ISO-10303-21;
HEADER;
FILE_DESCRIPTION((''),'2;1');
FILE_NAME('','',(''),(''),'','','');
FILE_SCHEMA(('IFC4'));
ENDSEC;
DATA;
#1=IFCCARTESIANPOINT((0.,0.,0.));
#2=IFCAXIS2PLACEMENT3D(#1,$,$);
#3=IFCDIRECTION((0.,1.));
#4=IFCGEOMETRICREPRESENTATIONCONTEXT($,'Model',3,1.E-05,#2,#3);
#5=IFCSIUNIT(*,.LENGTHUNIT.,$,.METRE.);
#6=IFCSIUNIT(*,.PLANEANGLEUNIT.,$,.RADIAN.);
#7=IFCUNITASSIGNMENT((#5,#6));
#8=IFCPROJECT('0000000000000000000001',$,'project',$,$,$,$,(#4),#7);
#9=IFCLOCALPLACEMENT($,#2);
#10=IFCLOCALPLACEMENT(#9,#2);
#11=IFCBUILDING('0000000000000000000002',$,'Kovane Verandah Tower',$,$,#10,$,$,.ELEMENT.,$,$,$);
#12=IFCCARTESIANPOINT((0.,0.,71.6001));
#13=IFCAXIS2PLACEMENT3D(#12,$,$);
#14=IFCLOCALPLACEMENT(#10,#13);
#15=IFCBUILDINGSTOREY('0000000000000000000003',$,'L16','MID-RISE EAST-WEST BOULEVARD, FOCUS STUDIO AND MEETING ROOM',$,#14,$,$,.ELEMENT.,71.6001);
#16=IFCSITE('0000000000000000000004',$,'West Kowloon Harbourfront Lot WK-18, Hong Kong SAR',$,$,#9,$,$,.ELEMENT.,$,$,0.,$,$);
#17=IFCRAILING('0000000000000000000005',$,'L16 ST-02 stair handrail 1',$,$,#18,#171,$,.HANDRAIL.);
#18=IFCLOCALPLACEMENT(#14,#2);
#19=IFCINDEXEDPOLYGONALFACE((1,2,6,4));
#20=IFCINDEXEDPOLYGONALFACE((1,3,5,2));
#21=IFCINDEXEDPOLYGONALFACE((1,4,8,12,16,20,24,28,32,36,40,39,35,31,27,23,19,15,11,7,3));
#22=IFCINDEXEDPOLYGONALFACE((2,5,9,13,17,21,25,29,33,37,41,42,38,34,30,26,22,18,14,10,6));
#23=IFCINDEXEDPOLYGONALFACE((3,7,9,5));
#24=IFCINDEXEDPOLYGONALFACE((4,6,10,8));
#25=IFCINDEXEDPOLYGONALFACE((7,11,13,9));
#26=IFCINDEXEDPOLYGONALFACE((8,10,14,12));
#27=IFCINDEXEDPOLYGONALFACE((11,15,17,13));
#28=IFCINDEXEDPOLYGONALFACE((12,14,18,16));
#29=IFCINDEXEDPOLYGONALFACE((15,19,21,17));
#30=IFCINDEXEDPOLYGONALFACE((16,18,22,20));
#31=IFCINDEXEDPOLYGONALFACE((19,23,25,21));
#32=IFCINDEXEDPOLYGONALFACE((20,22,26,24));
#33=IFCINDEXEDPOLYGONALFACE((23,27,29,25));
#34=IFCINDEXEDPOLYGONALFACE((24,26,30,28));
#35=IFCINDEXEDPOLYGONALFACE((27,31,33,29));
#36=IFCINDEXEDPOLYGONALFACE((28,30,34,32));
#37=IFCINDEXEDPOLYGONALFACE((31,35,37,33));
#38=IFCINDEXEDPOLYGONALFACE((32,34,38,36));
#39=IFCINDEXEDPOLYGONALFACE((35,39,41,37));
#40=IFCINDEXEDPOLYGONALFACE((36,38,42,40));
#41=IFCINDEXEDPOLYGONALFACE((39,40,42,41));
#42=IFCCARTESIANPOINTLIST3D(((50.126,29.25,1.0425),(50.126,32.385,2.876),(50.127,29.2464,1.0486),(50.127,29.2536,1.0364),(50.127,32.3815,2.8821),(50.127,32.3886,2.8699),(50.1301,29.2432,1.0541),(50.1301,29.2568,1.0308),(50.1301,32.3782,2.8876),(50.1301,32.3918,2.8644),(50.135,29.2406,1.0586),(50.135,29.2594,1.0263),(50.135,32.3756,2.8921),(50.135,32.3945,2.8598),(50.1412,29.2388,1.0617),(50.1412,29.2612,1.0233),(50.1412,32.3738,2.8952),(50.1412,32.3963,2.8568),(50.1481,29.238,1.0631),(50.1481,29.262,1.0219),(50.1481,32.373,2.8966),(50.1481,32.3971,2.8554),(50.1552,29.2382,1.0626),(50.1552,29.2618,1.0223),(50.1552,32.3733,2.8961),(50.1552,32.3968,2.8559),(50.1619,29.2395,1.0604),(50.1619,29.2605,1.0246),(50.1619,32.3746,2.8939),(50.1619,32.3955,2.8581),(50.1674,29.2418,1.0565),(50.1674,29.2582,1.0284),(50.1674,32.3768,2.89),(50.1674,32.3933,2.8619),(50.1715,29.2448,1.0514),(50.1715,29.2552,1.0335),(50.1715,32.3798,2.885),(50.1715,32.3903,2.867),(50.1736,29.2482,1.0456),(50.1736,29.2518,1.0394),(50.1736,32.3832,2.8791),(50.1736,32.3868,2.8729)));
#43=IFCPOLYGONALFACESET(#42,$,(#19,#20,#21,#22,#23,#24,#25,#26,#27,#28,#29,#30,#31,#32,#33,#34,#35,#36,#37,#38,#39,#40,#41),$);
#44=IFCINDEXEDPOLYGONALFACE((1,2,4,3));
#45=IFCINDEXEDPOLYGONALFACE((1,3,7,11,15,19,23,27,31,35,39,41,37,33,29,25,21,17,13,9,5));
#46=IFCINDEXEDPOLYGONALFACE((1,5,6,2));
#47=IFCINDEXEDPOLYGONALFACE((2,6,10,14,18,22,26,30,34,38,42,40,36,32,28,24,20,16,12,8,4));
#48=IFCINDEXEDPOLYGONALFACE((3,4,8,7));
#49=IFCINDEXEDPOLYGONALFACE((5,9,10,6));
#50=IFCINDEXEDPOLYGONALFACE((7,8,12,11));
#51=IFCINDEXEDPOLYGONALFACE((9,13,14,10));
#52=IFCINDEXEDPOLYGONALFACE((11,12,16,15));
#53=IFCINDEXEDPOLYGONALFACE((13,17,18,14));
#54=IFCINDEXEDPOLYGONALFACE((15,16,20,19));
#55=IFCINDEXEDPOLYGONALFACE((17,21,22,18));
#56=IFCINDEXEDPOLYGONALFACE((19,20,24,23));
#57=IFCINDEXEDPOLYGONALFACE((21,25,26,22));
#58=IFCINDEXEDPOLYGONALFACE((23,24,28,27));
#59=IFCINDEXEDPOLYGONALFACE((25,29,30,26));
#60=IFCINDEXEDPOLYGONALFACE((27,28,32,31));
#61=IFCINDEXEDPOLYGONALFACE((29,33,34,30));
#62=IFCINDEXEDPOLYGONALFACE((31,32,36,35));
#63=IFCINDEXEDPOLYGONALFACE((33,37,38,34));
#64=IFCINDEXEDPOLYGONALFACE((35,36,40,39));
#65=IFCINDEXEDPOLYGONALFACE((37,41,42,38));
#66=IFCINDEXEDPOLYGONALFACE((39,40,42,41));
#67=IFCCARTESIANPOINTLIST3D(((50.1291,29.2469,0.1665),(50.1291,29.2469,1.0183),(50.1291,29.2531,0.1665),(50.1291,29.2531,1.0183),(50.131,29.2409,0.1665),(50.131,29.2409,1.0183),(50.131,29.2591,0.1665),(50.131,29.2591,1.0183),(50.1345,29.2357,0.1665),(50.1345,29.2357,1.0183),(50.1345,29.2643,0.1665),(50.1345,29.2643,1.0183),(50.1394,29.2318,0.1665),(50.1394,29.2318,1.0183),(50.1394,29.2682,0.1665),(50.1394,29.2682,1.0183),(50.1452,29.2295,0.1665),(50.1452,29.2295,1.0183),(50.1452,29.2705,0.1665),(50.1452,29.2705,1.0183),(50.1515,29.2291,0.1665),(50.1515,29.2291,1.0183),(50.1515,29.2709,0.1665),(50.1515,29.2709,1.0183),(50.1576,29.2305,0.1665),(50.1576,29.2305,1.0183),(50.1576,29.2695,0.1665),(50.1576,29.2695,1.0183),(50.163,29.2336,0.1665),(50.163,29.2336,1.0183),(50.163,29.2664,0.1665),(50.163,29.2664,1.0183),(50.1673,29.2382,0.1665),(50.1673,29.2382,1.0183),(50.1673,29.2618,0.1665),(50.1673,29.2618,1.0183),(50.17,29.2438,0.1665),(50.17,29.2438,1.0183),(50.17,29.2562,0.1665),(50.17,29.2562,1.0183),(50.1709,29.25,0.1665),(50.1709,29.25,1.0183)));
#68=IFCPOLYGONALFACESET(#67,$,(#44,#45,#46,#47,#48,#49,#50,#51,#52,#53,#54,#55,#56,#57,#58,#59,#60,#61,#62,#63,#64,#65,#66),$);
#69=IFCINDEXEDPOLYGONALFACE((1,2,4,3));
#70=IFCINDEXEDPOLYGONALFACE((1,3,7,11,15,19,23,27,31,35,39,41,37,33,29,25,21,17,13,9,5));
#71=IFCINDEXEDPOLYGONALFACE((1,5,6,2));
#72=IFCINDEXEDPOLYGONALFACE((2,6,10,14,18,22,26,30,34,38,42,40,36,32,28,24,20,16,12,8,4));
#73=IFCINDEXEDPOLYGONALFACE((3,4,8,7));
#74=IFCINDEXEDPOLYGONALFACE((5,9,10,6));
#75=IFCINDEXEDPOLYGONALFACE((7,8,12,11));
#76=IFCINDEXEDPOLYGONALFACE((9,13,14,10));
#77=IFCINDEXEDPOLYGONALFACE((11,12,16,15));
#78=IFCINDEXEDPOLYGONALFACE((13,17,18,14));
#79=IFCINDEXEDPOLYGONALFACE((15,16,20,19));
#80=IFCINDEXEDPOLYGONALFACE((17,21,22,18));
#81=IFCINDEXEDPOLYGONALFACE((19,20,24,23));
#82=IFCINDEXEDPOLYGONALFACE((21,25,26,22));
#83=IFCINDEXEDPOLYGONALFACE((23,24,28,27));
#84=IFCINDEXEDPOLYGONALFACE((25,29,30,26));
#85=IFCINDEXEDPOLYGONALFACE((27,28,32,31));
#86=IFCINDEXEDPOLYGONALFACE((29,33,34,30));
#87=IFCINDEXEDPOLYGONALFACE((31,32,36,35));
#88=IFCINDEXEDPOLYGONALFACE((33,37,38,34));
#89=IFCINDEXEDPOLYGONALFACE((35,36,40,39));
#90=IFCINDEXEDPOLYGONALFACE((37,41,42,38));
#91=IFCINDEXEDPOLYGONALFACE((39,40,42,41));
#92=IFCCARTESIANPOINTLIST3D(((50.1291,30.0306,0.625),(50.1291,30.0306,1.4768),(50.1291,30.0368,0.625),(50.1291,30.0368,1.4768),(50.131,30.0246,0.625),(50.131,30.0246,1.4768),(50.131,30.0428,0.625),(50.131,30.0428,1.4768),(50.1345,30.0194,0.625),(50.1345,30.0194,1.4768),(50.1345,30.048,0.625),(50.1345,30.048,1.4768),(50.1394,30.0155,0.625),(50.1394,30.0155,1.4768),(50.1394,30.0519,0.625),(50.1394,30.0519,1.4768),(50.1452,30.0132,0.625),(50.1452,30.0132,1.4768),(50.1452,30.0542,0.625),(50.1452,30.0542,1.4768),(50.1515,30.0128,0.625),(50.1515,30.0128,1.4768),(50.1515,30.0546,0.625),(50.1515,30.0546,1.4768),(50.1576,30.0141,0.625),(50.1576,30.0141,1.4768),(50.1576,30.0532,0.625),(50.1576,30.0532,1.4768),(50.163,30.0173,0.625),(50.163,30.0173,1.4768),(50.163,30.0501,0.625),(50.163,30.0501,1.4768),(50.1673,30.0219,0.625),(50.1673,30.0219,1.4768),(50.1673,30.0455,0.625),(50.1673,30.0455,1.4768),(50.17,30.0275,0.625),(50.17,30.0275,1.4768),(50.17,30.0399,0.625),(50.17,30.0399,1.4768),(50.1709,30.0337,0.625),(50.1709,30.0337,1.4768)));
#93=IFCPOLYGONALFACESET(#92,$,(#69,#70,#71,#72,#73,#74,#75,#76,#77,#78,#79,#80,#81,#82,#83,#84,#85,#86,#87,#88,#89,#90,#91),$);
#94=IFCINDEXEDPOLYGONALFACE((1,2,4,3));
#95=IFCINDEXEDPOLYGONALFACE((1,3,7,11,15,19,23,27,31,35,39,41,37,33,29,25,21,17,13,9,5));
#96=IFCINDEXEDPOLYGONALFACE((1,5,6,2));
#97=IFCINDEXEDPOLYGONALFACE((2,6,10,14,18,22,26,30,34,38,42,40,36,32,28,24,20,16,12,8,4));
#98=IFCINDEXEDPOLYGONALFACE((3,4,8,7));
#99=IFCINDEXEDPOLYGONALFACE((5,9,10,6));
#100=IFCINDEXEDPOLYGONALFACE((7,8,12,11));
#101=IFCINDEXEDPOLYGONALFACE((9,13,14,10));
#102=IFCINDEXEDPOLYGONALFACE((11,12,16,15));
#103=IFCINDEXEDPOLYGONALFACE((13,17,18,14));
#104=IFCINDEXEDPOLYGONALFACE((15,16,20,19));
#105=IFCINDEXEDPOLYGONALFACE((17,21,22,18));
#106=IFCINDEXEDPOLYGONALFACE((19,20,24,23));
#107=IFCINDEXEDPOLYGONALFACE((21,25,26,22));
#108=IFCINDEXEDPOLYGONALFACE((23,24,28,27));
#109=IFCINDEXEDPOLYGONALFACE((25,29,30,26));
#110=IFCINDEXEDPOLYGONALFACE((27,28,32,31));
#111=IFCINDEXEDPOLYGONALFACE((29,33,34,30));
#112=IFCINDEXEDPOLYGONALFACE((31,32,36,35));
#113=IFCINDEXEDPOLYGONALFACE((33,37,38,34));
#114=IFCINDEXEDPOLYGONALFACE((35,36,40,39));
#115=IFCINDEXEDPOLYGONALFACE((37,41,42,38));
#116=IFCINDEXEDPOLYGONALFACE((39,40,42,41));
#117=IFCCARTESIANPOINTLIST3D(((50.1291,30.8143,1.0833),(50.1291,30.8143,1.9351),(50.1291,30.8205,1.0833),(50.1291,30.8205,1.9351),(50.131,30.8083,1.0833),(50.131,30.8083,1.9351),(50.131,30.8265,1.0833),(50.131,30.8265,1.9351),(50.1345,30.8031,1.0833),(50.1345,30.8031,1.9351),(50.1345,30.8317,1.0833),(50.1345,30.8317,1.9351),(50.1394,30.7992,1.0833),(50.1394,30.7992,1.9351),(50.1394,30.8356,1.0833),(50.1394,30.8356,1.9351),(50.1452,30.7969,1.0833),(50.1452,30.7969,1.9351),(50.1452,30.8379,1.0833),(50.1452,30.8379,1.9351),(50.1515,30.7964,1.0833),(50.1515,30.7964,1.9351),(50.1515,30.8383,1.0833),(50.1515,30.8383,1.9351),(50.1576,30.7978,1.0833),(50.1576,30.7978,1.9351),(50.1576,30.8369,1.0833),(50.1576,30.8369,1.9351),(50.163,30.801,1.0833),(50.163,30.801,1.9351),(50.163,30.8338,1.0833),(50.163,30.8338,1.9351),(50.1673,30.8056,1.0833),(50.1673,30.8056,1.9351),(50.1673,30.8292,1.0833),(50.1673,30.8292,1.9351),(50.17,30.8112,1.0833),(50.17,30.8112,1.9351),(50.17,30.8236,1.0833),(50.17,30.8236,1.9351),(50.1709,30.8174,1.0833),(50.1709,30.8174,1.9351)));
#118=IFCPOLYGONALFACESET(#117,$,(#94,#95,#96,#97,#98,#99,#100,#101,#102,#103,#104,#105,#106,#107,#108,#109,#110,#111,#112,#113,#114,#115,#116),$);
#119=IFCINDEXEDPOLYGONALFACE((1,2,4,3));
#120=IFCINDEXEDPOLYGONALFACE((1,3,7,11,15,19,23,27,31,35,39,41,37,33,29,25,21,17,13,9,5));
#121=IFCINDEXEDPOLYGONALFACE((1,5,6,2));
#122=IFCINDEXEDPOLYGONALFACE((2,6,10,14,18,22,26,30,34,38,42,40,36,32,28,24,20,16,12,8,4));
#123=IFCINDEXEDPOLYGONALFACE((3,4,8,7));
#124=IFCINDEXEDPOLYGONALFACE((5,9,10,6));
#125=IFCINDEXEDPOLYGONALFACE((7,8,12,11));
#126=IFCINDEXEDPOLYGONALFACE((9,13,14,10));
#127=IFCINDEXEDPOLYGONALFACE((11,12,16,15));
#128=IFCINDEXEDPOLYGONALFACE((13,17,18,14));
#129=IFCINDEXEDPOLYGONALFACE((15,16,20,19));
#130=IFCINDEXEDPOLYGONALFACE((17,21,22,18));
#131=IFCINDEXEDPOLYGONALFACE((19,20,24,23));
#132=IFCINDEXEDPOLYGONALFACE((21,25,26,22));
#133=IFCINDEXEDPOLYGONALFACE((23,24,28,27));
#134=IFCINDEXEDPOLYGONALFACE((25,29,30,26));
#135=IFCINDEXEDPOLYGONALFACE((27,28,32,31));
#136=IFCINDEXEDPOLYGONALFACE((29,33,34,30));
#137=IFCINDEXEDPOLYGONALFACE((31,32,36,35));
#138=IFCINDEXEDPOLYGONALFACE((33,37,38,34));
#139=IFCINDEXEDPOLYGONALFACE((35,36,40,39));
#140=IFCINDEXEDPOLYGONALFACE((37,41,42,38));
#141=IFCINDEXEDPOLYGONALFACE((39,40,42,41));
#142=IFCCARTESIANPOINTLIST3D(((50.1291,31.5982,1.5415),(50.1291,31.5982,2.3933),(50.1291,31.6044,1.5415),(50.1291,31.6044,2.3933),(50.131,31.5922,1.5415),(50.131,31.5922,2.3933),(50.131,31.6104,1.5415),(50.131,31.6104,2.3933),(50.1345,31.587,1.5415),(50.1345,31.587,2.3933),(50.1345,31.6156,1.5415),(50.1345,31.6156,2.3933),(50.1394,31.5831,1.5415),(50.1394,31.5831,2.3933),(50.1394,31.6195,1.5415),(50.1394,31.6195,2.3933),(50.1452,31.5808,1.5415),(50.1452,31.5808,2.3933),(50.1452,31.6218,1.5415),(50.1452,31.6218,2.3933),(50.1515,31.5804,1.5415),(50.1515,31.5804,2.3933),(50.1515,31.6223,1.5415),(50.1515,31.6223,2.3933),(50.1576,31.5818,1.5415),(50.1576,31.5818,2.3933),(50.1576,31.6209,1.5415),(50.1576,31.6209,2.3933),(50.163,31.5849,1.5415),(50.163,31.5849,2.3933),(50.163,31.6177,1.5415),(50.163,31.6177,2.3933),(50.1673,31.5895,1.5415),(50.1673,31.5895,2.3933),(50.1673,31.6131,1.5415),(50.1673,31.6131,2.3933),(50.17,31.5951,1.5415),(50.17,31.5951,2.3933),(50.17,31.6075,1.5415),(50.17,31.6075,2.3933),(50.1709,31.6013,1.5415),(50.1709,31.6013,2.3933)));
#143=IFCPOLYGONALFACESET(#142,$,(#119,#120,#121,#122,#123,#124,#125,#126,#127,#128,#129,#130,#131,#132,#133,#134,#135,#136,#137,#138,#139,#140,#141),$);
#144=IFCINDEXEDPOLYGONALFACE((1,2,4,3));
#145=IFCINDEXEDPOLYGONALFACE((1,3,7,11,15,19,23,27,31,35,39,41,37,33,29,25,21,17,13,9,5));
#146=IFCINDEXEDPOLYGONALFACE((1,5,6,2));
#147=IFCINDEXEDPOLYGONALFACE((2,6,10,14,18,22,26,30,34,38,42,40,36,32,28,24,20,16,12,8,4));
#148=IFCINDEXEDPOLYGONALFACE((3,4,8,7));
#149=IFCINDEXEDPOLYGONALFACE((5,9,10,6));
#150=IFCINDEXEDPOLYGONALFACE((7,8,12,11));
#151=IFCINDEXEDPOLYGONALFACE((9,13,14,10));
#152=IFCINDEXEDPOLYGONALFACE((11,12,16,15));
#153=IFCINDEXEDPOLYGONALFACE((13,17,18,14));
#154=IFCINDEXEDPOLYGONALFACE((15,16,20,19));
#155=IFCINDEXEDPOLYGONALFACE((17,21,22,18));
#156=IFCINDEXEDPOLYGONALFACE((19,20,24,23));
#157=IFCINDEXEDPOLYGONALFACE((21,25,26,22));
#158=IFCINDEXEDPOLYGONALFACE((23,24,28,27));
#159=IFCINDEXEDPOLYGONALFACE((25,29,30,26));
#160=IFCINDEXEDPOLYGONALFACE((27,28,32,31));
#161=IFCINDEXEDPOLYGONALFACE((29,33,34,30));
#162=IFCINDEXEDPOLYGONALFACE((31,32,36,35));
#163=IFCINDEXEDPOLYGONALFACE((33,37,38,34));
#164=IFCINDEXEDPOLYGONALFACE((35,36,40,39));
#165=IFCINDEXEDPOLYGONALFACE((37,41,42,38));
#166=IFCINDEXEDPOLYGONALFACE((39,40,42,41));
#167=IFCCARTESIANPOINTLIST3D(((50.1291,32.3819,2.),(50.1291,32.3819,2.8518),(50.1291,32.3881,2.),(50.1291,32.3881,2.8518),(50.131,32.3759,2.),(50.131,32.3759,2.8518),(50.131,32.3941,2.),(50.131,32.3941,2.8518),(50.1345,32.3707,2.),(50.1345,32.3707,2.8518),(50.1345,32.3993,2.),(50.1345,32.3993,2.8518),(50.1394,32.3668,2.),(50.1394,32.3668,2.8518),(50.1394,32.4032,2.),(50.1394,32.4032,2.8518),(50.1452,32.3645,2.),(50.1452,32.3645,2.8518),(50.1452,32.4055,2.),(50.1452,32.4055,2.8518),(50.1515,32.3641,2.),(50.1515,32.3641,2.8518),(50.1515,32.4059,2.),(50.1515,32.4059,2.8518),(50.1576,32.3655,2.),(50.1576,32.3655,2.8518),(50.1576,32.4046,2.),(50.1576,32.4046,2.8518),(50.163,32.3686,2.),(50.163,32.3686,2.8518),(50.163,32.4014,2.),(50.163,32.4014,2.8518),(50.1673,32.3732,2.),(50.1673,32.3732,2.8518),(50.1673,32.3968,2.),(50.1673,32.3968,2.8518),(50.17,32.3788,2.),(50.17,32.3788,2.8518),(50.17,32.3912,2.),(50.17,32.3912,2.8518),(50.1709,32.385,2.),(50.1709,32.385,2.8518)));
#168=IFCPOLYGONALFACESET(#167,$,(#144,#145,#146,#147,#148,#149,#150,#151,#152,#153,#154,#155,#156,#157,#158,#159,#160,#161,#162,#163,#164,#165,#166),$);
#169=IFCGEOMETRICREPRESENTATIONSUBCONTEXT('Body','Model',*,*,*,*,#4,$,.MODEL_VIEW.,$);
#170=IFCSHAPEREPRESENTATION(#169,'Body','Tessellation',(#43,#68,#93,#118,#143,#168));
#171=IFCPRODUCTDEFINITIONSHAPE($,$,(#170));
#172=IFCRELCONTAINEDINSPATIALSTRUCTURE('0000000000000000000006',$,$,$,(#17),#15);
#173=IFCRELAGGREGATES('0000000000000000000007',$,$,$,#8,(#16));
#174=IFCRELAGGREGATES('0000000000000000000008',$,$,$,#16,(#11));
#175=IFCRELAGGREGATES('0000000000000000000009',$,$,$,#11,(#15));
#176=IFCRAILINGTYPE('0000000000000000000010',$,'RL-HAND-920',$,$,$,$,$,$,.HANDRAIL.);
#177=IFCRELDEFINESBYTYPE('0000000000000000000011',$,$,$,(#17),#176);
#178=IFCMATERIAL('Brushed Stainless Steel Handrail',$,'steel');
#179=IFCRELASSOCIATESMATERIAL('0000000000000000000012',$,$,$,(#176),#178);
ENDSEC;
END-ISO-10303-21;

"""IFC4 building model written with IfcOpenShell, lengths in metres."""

from ifc_helpers import new_model, si_unit, direction, frame, origin, origin_2d, place, context, subcontext, project, spatial, circle, extrude, material, type_object, element, save


model = new_model("IFC4")

# Units and contexts
model_context = context("Model", 3, precision=1e-05, world=origin(), true_north=direction((0.0, 1.0)))
body_context = subcontext(model_context, "Body", "Model", "MODEL_VIEW")
ifc_project = project(units=[si_unit("LENGTHUNIT", "METRE"), si_unit("PLANEANGLEUNIT", "RADIAN")], contexts=[model_context])

# Site, building, storey
site_placement = place(None, origin())
site = spatial("IfcSite", under=ifc_project, at=site_placement, Name="West Kowloon Harbourfront Lot WK-18, Hong Kong SAR", CompositionType="ELEMENT", RefElevation=0.0)
building_placement = place(site_placement, origin())
building = spatial("IfcBuilding", under=site, at=building_placement, Name="Kovane Verandah Tower", CompositionType="ELEMENT")
storey_placement = place(building_placement, frame((0.0, 0.0, 71.6001)))
storey = spatial("IfcBuildingStorey", under=building, at=storey_placement, Name="L16", Description="MID-RISE EAST-WEST BOULEVARD, FOCUS STUDIO AND MEETING ROOM", CompositionType="ELEMENT", Elevation=71.6001)

# Railing
ifc_material_1 = material(Name="Brushed Stainless Steel Handrail", Category="steel")
railing_type = type_object("IfcRailingType", Name="RL-HAND-920", PredefinedType="HANDRAIL", material=ifc_material_1)
railing_placement = place(storey_placement, frame((50.1499, 29.25, 0.1665)))
element("IfcRailing", 1, at=railing_placement, inside=storey, type_object=railing_type, Name="L16 ST-02 stair handrail 1", PredefinedType="HANDRAIL", context=body_context, shape_type="SweptSolid", body=[
    extrude(circle(Radius=0.0239, at=origin_2d()), frame((0.0, 0.0, 0.876), z_axis=(0.0, 0.86321, 0.504845), x_axis=(-1.0, 0.0, 0.0)), (0.0, 0.0, 1.0), 3.6318),
    extrude(circle(Radius=0.021, at=origin_2d()), origin(), (0.0, 0.0, 1.0), 0.8518),
    extrude(circle(Radius=0.021, at=origin_2d()), frame((0.0, 0.7837, 0.4585)), (0.0, 0.0, 1.0), 0.8518),
    extrude(circle(Radius=0.021, at=origin_2d()), frame((0.0, 1.5674, 0.9167)), (0.0, 0.0, 1.0), 0.8518),
    extrude(circle(Radius=0.021, at=origin_2d()), frame((0.0, 2.3513, 1.375)), (0.0, 0.0, 1.0), 0.8518),
    extrude(circle(Radius=0.021, at=origin_2d()), frame((0.0, 3.135, 1.8335)), (0.0, 0.0, 1.0), 0.8518),
])

save(model, "model.ifc")
